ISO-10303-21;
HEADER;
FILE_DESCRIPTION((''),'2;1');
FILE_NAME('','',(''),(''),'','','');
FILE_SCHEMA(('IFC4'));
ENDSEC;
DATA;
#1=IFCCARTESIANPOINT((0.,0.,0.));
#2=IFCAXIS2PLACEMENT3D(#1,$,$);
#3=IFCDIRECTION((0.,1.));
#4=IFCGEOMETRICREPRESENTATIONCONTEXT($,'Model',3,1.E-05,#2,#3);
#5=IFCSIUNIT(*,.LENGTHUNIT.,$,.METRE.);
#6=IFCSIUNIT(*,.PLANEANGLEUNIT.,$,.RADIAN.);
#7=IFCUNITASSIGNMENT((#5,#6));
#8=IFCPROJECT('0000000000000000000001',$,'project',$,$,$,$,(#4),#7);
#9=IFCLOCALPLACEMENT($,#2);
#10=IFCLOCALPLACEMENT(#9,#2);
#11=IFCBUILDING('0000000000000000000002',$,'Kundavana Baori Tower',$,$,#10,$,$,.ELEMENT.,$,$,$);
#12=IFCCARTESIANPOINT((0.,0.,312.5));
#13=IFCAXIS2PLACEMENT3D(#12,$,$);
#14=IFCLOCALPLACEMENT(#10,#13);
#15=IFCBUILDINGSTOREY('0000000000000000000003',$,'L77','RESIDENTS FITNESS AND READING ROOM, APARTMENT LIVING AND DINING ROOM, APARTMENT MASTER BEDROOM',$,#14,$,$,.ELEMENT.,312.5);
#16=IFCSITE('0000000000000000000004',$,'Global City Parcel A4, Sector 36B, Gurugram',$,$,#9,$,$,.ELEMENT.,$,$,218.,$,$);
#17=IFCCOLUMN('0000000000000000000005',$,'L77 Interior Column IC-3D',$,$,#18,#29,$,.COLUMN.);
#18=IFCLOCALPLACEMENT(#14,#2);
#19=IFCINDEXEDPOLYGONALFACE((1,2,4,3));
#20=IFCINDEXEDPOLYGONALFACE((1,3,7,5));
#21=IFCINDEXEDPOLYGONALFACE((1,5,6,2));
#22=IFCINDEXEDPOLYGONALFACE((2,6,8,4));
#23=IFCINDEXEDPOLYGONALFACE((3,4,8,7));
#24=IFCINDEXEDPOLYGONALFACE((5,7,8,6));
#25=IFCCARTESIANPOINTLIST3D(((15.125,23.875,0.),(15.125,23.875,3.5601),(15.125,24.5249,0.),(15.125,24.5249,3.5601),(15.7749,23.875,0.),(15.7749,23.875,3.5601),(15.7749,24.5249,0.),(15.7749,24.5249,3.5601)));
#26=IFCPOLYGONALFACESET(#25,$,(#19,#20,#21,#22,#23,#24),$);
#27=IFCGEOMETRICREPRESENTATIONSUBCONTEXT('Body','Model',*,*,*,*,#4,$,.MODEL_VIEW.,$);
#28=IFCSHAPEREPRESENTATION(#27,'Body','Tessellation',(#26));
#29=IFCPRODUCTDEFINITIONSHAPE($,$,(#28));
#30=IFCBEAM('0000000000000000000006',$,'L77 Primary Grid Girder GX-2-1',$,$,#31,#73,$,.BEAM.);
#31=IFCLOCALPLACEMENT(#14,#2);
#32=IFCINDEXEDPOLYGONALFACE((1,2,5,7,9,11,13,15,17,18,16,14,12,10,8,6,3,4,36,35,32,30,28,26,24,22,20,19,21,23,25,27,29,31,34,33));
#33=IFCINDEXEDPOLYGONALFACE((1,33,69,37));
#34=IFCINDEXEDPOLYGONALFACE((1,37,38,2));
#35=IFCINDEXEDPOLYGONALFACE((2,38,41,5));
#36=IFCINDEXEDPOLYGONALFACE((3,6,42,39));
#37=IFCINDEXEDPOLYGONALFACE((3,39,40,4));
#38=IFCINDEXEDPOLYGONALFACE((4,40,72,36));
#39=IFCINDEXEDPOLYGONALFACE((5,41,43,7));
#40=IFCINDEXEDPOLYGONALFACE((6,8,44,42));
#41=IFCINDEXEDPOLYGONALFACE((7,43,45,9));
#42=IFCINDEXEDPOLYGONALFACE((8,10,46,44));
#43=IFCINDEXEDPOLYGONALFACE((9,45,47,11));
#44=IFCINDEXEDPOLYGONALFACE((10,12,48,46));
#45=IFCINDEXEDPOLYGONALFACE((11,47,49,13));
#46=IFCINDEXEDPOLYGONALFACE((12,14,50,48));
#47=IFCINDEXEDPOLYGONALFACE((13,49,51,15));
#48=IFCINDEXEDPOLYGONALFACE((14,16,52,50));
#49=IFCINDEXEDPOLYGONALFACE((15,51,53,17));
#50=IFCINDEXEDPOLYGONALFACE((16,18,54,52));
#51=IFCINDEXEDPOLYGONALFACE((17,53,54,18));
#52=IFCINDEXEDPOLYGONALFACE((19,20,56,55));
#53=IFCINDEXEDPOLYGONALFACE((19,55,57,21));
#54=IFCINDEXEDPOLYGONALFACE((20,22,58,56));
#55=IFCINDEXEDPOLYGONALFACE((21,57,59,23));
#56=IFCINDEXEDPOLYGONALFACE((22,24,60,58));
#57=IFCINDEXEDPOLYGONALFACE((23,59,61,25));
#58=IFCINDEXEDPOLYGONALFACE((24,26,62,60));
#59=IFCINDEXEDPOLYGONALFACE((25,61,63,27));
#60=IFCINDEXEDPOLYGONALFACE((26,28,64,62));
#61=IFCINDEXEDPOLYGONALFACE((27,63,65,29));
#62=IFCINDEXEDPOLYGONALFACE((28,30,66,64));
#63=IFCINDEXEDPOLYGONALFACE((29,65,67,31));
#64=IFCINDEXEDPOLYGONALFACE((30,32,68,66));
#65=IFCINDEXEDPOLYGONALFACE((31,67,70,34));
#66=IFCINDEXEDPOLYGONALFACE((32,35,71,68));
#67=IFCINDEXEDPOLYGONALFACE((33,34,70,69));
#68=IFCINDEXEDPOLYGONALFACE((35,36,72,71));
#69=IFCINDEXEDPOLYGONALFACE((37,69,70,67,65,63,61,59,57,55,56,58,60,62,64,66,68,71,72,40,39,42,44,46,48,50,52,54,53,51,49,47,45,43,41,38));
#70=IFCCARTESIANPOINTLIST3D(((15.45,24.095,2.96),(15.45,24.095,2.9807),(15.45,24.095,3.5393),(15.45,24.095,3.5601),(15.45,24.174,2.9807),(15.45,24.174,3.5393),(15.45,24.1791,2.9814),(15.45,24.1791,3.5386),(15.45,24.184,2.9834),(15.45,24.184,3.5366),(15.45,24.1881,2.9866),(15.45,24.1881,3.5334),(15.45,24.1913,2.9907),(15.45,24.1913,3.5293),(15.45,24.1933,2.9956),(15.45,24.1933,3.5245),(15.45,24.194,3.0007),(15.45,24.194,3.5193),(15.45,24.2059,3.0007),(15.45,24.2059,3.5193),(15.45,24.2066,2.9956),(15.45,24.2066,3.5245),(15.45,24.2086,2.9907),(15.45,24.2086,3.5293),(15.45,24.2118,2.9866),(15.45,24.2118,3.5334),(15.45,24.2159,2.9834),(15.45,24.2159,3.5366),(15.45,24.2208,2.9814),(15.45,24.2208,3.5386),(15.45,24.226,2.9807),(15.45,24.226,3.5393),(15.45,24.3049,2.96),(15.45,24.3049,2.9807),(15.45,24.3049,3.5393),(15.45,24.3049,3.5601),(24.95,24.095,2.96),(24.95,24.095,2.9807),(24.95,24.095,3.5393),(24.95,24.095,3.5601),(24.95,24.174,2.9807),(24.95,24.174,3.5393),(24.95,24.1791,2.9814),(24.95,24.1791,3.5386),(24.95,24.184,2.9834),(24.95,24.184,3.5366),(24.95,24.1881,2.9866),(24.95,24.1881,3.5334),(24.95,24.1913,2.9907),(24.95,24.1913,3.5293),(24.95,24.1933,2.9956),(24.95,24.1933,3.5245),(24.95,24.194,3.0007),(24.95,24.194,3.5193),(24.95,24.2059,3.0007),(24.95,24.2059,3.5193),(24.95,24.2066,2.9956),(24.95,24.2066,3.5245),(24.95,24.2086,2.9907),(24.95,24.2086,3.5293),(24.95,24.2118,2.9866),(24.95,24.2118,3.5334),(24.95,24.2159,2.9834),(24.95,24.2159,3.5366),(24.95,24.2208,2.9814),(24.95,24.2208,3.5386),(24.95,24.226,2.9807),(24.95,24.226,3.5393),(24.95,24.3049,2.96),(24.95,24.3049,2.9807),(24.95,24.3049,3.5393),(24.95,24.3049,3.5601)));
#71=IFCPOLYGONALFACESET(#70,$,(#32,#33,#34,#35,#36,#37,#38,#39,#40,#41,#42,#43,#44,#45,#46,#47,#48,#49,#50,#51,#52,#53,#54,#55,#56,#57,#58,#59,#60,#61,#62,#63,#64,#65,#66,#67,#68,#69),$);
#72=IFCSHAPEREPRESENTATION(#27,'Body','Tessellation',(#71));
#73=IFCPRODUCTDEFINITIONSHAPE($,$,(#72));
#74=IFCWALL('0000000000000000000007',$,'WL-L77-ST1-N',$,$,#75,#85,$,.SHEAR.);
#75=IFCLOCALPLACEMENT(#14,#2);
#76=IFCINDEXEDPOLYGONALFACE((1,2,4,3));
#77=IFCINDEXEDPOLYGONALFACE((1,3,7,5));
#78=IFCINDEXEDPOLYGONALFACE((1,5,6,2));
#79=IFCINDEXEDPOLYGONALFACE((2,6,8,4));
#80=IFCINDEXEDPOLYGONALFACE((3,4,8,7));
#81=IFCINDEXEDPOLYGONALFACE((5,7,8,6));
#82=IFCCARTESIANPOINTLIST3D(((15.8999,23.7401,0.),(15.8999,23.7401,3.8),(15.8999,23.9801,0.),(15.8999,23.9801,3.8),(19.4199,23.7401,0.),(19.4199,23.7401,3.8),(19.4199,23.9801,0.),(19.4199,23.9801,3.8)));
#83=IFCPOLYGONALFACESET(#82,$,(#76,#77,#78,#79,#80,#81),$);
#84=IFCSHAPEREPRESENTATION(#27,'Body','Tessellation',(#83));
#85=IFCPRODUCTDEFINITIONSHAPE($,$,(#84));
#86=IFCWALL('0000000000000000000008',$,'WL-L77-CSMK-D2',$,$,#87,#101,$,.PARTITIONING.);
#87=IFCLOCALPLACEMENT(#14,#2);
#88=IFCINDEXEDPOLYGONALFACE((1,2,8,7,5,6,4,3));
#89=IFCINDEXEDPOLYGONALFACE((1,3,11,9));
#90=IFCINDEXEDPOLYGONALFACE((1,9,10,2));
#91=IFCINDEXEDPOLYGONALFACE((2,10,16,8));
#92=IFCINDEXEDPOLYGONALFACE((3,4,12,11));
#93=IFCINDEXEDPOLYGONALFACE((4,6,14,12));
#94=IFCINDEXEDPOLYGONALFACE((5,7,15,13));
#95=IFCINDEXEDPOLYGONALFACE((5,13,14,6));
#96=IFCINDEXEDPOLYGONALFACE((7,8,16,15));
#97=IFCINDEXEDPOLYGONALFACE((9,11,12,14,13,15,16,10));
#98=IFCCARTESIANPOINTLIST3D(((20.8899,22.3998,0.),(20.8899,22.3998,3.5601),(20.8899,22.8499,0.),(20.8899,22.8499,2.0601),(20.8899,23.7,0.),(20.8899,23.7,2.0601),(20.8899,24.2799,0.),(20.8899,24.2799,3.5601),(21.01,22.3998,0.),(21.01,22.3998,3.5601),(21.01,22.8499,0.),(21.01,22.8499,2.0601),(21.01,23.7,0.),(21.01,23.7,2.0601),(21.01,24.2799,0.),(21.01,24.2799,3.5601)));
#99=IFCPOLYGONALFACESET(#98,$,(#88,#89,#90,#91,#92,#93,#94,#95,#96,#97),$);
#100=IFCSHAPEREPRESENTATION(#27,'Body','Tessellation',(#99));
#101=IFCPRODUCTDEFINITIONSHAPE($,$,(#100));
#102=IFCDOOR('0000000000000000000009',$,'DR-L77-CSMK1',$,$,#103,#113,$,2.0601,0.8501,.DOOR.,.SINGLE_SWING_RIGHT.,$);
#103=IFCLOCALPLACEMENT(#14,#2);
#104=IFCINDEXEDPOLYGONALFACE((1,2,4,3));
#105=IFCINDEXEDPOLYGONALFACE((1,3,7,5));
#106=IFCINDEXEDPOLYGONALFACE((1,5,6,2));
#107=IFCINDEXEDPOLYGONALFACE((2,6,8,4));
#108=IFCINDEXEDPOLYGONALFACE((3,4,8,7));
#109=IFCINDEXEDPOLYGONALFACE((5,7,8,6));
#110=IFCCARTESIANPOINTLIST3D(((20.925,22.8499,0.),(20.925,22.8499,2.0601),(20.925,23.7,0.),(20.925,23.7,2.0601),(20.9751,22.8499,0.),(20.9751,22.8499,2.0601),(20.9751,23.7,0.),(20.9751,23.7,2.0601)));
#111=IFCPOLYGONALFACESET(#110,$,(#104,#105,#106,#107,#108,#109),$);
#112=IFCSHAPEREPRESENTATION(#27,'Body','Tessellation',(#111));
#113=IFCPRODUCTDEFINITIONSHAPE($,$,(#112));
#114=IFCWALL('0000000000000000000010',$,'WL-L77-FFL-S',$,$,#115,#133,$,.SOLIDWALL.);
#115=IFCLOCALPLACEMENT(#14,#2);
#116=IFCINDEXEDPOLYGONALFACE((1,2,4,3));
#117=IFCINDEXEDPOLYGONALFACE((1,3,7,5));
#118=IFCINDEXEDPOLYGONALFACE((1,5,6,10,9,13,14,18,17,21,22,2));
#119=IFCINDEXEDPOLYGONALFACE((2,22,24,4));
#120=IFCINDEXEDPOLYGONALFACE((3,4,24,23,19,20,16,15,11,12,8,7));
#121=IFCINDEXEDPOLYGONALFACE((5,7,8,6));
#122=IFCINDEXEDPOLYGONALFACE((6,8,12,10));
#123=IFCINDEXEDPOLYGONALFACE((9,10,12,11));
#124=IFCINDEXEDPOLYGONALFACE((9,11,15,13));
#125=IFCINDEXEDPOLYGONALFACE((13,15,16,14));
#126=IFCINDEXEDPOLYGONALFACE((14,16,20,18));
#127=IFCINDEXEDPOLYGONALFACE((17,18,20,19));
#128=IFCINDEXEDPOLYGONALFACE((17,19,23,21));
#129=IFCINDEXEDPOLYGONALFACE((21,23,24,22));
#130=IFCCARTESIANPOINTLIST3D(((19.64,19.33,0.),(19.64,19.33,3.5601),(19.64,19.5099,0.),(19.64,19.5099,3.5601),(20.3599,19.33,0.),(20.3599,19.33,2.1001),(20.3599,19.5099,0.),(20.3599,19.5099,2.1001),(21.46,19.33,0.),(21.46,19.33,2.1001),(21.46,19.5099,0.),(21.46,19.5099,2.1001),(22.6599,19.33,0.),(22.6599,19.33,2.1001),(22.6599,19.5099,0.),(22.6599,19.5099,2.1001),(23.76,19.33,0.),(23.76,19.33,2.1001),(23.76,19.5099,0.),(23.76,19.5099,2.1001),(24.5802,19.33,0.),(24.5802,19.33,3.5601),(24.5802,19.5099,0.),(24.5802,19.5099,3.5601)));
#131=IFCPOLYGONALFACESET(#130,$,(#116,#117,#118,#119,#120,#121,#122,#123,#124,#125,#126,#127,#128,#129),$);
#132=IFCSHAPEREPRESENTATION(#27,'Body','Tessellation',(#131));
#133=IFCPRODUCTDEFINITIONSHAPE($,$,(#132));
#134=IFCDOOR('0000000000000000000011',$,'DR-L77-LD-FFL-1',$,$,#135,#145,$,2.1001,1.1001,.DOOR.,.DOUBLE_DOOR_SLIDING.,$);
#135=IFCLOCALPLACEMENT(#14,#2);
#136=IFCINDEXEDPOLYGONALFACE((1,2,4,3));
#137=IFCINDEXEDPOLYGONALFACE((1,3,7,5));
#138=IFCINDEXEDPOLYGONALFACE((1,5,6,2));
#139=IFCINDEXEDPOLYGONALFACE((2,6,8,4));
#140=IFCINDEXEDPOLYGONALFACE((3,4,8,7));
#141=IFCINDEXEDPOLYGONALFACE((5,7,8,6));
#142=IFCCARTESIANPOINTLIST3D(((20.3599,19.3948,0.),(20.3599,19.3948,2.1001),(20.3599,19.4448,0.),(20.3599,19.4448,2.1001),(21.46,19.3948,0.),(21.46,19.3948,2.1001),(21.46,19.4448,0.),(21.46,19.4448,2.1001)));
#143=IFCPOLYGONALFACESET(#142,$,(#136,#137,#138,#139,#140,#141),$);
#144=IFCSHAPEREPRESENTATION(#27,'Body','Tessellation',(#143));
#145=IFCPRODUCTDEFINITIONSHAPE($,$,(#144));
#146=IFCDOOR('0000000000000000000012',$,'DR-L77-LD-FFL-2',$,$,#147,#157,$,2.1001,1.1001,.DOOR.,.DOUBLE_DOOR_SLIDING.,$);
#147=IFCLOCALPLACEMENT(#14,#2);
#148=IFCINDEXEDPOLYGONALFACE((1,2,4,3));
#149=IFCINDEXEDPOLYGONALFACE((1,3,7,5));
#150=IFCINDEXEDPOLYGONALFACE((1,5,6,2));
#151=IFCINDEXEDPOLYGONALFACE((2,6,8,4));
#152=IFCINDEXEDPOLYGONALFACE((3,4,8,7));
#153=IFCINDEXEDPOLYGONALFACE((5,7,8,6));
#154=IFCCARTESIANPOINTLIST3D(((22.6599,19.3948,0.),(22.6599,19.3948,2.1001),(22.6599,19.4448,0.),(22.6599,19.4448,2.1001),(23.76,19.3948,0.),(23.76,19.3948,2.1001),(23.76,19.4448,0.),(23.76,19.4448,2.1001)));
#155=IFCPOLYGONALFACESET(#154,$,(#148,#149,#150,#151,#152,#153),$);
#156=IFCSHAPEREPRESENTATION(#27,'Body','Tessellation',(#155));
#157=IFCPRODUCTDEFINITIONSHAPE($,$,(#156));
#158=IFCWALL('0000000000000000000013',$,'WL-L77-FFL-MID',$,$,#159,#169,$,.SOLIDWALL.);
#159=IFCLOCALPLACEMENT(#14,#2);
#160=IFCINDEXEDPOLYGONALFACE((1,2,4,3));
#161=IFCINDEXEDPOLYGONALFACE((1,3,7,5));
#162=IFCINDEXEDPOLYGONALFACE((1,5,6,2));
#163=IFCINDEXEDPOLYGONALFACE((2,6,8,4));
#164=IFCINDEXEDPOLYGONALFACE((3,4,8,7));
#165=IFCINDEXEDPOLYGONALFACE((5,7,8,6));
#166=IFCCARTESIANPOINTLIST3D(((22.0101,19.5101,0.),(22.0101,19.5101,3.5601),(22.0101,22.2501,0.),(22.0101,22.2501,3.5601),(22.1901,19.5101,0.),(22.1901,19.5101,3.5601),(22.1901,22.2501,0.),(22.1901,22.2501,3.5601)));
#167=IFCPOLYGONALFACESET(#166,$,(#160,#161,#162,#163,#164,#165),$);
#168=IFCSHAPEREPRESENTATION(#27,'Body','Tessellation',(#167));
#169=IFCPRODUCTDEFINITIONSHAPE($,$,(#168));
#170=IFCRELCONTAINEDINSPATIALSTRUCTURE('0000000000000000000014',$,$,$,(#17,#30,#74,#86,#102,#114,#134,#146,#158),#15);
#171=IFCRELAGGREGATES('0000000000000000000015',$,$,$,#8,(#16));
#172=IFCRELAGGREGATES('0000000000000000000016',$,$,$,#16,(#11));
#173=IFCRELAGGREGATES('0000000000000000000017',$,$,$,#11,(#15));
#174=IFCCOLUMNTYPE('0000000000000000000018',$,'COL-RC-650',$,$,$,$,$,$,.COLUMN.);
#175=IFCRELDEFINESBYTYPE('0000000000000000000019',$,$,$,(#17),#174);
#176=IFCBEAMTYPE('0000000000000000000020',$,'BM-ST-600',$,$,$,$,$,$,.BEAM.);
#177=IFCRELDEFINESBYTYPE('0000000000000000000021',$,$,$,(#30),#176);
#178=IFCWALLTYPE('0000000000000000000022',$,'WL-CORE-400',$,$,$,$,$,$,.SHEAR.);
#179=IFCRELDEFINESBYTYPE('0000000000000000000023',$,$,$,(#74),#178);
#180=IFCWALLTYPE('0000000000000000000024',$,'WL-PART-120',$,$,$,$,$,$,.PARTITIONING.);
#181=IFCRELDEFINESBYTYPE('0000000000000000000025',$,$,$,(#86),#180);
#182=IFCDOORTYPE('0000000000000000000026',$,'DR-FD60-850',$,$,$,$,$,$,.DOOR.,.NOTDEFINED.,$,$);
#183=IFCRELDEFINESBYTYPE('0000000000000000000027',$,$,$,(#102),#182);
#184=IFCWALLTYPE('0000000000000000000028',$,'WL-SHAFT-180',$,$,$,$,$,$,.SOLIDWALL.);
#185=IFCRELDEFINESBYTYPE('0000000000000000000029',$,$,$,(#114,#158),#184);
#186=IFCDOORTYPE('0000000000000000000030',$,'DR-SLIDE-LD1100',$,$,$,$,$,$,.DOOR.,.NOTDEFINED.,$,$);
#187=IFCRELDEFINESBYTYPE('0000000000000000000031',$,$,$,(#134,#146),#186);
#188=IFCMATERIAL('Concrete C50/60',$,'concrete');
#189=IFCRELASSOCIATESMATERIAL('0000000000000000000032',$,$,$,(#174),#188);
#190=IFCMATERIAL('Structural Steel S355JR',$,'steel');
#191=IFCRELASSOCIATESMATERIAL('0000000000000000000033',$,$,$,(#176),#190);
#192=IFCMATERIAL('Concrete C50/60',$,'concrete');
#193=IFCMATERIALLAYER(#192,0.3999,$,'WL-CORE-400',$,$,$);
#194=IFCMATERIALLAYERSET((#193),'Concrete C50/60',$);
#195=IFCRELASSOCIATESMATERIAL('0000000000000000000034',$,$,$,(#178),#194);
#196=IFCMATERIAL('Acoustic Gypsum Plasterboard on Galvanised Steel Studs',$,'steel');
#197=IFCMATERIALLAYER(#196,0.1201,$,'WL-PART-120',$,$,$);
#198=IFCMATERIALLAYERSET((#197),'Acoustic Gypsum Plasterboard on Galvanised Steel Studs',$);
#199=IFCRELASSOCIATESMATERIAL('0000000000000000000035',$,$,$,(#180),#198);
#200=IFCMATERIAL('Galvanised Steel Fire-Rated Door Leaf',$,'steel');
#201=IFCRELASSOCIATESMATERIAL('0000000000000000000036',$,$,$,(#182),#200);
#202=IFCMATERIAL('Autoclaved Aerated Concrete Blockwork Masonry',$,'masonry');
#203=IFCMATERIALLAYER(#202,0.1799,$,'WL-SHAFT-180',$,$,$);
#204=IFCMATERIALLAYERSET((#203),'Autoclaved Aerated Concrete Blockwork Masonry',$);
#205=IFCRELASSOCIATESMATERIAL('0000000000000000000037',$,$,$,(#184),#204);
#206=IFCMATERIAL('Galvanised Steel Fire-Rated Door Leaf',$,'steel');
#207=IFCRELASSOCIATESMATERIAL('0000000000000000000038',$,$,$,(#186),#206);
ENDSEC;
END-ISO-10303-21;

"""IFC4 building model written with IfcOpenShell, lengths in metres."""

from ifc_helpers import new_model, si_unit, direction, frame, frame_2d, origin, origin_2d, place, context, subcontext, project, spatial, rectangle, i_section, extrude, material, layer, layer_set, material_profile, profile_set, type_object, element, fill, save


model = new_model("IFC4")

# Units and contexts
model_context = context("Model", 3, precision=1e-05, world=origin(), true_north=direction((0.0, 1.0)))
body_context = subcontext(model_context, "Body", "Model", "MODEL_VIEW")
ifc_project = project(units=[si_unit("LENGTHUNIT", "METRE"), si_unit("PLANEANGLEUNIT", "RADIAN")], contexts=[model_context])

# Site, building, storey
site_placement = place(None, origin())
site = spatial("IfcSite", under=ifc_project, at=site_placement, Name="Global City Parcel A4, Sector 36B, Gurugram", CompositionType="ELEMENT", RefElevation=218.0)
building_placement = place(site_placement, origin())
building = spatial("IfcBuilding", under=site, at=building_placement, Name="Kundavana Baori Tower", CompositionType="ELEMENT")
storey_placement = place(building_placement, frame((0.0, 0.0, 312.5)))
storey = spatial("IfcBuildingStorey", under=building, at=storey_placement, Name="L77", Description="RESIDENTS FITNESS AND READING ROOM, APARTMENT LIVING AND DINING ROOM, APARTMENT MASTER BEDROOM", CompositionType="ELEMENT", Elevation=312.5)

# Column
ifc_material_1 = material(Name="Concrete C50/60", Category="concrete")
ifc_material_profile_1 = material_profile(ifc_material_1, rectangle(XDim=0.6499, YDim=0.6499, at=origin_2d()), Name="RC 650x650")
ifc_profile_set_1 = profile_set([ifc_material_profile_1], Name="Concrete C50/60")
column_type = type_object("IfcColumnType", Name="COL-RC-650", PredefinedType="COLUMN", material=ifc_profile_set_1)
column_placement = place(storey_placement, frame((15.45, 24.2, 0.0), z_axis=(0.0, 0.0, 1.0), x_axis=(1.0, 0.0, 0.0)))
element("IfcColumn", 1, at=column_placement, inside=storey, type_object=column_type, Name="L77 Interior Column IC-3D", PredefinedType="COLUMN", context=body_context, shape_type="SweptSolid", body=[
    extrude(rectangle(XDim=0.6499, YDim=0.6499, at=origin_2d()), origin(), (0.0, 0.0, 1.0), 3.5601),
])

# Beam
ifc_material_2 = material(Name="Structural Steel S355JR", Category="steel")
ifc_material_profile_2 = material_profile(ifc_material_2, i_section(OverallWidth=0.21, OverallDepth=0.6001, WebThickness=0.012, FlangeThickness=0.0208, FilletRadius=0.02, at=origin_2d()), Name="ISMB 600")
ifc_profile_set_2 = profile_set([ifc_material_profile_2], Name="Structural Steel S355JR")
beam_type = type_object("IfcBeamType", Name="BM-ST-600", PredefinedType="BEAM", material=ifc_profile_set_2)
beam_placement = place(storey_placement, frame((15.45, 24.2, 3.26), z_axis=(1.0, 0.0, 0.0), x_axis=(0.0, 1.0, 0.0)))
element("IfcBeam", 2, at=beam_placement, inside=storey, type_object=beam_type, Name="L77 Primary Grid Girder GX-2-1", PredefinedType="BEAM", context=body_context, shape_type="SweptSolid", body=[
    extrude(i_section(OverallWidth=0.21, OverallDepth=0.6001, WebThickness=0.012, FlangeThickness=0.0208, FilletRadius=0.02, at=origin_2d()), origin(), (0.0, 0.0, 1.0), 9.5),
])

# Wall
ifc_material_3 = material(Name="Concrete C50/60", Category="concrete")
ifc_layer_1 = layer(ifc_material_3, 0.3999, Name="WL-CORE-400")
ifc_layer_set_1 = layer_set([ifc_layer_1], Name="Concrete C50/60")
wall_type_1 = type_object("IfcWallType", Name="WL-CORE-400", PredefinedType="SHEAR", material=ifc_layer_set_1)
wall_1_placement = place(storey_placement, frame((15.8999, 23.8601, 0.0), z_axis=(0.0, 0.0, 1.0), x_axis=(1.0, 0.0, 0.0)))
element("IfcWall", 3, at=wall_1_placement, inside=storey, type_object=wall_type_1, Name="WL-L77-ST1-N", PredefinedType="SHEAR", context=body_context, shape_type="SweptSolid", body=[
    extrude(rectangle(XDim=3.52, YDim=0.24, at=frame_2d((1.76, 0.0))), origin(), (0.0, 0.0, 1.0), 3.8),
])

# Wall, opening, door
ifc_material_4 = material(Name="Acoustic Gypsum Plasterboard on Galvanised Steel Studs", Category="steel")
ifc_layer_2 = layer(ifc_material_4, 0.1201, Name="WL-PART-120")
ifc_layer_set_2 = layer_set([ifc_layer_2], Name="Acoustic Gypsum Plasterboard on Galvanised Steel Studs")
wall_type_2 = type_object("IfcWallType", Name="WL-PART-120", PredefinedType="PARTITIONING", material=ifc_layer_set_2)
wall_2_placement = place(storey_placement, frame((20.95, 22.3999, 0.0), z_axis=(0.0, 0.0, 1.0), x_axis=(0.0, 1.0, 0.0)))
wall_2 = element("IfcWall", 4, at=wall_2_placement, inside=storey, type_object=wall_type_2, Name="WL-L77-CSMK-D2", PredefinedType="PARTITIONING", context=body_context, shape_type="SweptSolid", body=[
    extrude(rectangle(XDim=1.8801, YDim=0.1201, at=frame_2d((0.9399, 0.0))), origin(), (0.0, 0.0, 1.0), 3.5601),
])
opening_1_placement = place(wall_2_placement, frame((0.45, 0.0, 0.0)))
opening_1 = element("IfcOpeningElement", 5, at=opening_1_placement, cuts=wall_2, PredefinedType="OPENING", context=body_context, shape_type="SweptSolid", body=[
    extrude(rectangle(XDim=0.8501, YDim=2.0601, at=frame_2d((0.425, 1.03))), frame((0.0, 0.0701, 0.0), z_axis=(0.0, -1.0, 0.0), x_axis=(1.0, 0.0, 0.0)), (0.0, 0.0, 1.0), 0.1401),
])
ifc_material_5 = material(Name="Galvanised Steel Fire-Rated Door Leaf", Category="steel")
door_type_1 = type_object("IfcDoorType", Name="DR-FD60-850", OperationType="NOTDEFINED", PredefinedType="DOOR", material=ifc_material_5)
door_1_placement = place(opening_1_placement, origin())
door_1 = element("IfcDoor", 6, at=door_1_placement, inside=storey, type_object=door_type_1, Name="DR-L77-CSMK1", OperationType="SINGLE_SWING_RIGHT", OverallHeight=2.0601, OverallWidth=0.8501, PredefinedType="DOOR", context=body_context, shape_type="SweptSolid", body=[
    extrude(rectangle(XDim=0.8501, YDim=2.0601, at=frame_2d((0.425, 1.03))), frame((0.0, 0.0249, 0.0), z_axis=(0.0, -1.0, 0.0), x_axis=(1.0, 0.0, 0.0)), (0.0, 0.0, 1.0), 0.05),
])
fill(opening_1, door_1)

# Wall, openings, doors
ifc_material_6 = material(Name="Autoclaved Aerated Concrete Blockwork Masonry", Category="masonry")
ifc_layer_3 = layer(ifc_material_6, 0.1799, Name="WL-SHAFT-180")
ifc_layer_set_3 = layer_set([ifc_layer_3], Name="Autoclaved Aerated Concrete Blockwork Masonry")
wall_type_3 = type_object("IfcWallType", Name="WL-SHAFT-180", PredefinedType="SOLIDWALL", material=ifc_layer_set_3)
wall_3_placement = place(storey_placement, frame((19.6399, 19.4199, 0.0), z_axis=(0.0, 0.0, 1.0), x_axis=(1.0, 0.0, 0.0)))
wall_3 = element("IfcWall", 7, at=wall_3_placement, inside=storey, type_object=wall_type_3, Name="WL-L77-FFL-S", PredefinedType="SOLIDWALL", context=body_context, shape_type="SweptSolid", body=[
    extrude(rectangle(XDim=4.9402, YDim=0.1799, at=frame_2d((2.4702, 0.0))), origin(), (0.0, 0.0, 1.0), 3.5601),
])
opening_2_placement = place(wall_3_placement, frame((0.72, 0.0, 0.0)))
opening_2 = element("IfcOpeningElement", 8, at=opening_2_placement, cuts=wall_3, PredefinedType="OPENING", context=body_context, shape_type="SweptSolid", body=[
    extrude(rectangle(XDim=1.1001, YDim=2.1001, at=frame_2d((0.55, 1.05))), frame((0.0, 0.1001, 0.0), z_axis=(0.0, -1.0, 0.0), x_axis=(1.0, 0.0, 0.0)), (0.0, 0.0, 1.0), 0.2),
])
opening_3_placement = place(wall_3_placement, frame((3.02, 0.0, 0.0)))
opening_3 = element("IfcOpeningElement", 9, at=opening_3_placement, cuts=wall_3, PredefinedType="OPENING", context=body_context, shape_type="SweptSolid", body=[
    extrude(rectangle(XDim=1.1001, YDim=2.1001, at=frame_2d((0.55, 1.05))), frame((0.0, 0.1001, 0.0), z_axis=(0.0, -1.0, 0.0), x_axis=(1.0, 0.0, 0.0)), (0.0, 0.0, 1.0), 0.2),
])
ifc_material_7 = material(Name="Galvanised Steel Fire-Rated Door Leaf", Category="steel")
door_type_2 = type_object("IfcDoorType", Name="DR-SLIDE-LD1100", OperationType="NOTDEFINED", PredefinedType="DOOR", material=ifc_material_7)
door_2_placement = place(opening_2_placement, origin())
door_2 = element("IfcDoor", 10, at=door_2_placement, inside=storey, type_object=door_type_2, Name="DR-L77-LD-FFL-1", OperationType="DOUBLE_DOOR_SLIDING", OverallHeight=2.1001, OverallWidth=1.1001, PredefinedType="DOOR", context=body_context, shape_type="SweptSolid", body=[
    extrude(rectangle(XDim=1.1001, YDim=2.1001, at=frame_2d((0.55, 1.05))), frame((0.0, 0.0249, 0.0), z_axis=(0.0, -1.0, 0.0), x_axis=(1.0, 0.0, 0.0)), (0.0, 0.0, 1.0), 0.05),
])
fill(opening_2, door_2)
door_3_placement = place(opening_3_placement, origin())
door_3 = element("IfcDoor", 11, at=door_3_placement, inside=storey, type_object=door_type_2, Name="DR-L77-LD-FFL-2", OperationType="DOUBLE_DOOR_SLIDING", OverallHeight=2.1001, OverallWidth=1.1001, PredefinedType="DOOR", context=body_context, shape_type="SweptSolid", body=[
    extrude(rectangle(XDim=1.1001, YDim=2.1001, at=frame_2d((0.55, 1.05))), frame((0.0, 0.0249, 0.0), z_axis=(0.0, -1.0, 0.0), x_axis=(1.0, 0.0, 0.0)), (0.0, 0.0, 1.0), 0.05),
])
fill(opening_3, door_3)

# Wall
wall_4_placement = place(storey_placement, frame((22.1001, 19.51, 0.0), z_axis=(0.0, 0.0, 1.0), x_axis=(0.0, 1.0, 0.0)))
element("IfcWall", 12, at=wall_4_placement, inside=storey, type_object=wall_type_3, Name="WL-L77-FFL-MID", PredefinedType="SOLIDWALL", context=body_context, shape_type="SweptSolid", body=[
    extrude(rectangle(XDim=2.74, YDim=0.1799, at=frame_2d((1.3701, 0.0))), origin(), (0.0, 0.0, 1.0), 3.5601),
])

save(model, "model.ifc")
